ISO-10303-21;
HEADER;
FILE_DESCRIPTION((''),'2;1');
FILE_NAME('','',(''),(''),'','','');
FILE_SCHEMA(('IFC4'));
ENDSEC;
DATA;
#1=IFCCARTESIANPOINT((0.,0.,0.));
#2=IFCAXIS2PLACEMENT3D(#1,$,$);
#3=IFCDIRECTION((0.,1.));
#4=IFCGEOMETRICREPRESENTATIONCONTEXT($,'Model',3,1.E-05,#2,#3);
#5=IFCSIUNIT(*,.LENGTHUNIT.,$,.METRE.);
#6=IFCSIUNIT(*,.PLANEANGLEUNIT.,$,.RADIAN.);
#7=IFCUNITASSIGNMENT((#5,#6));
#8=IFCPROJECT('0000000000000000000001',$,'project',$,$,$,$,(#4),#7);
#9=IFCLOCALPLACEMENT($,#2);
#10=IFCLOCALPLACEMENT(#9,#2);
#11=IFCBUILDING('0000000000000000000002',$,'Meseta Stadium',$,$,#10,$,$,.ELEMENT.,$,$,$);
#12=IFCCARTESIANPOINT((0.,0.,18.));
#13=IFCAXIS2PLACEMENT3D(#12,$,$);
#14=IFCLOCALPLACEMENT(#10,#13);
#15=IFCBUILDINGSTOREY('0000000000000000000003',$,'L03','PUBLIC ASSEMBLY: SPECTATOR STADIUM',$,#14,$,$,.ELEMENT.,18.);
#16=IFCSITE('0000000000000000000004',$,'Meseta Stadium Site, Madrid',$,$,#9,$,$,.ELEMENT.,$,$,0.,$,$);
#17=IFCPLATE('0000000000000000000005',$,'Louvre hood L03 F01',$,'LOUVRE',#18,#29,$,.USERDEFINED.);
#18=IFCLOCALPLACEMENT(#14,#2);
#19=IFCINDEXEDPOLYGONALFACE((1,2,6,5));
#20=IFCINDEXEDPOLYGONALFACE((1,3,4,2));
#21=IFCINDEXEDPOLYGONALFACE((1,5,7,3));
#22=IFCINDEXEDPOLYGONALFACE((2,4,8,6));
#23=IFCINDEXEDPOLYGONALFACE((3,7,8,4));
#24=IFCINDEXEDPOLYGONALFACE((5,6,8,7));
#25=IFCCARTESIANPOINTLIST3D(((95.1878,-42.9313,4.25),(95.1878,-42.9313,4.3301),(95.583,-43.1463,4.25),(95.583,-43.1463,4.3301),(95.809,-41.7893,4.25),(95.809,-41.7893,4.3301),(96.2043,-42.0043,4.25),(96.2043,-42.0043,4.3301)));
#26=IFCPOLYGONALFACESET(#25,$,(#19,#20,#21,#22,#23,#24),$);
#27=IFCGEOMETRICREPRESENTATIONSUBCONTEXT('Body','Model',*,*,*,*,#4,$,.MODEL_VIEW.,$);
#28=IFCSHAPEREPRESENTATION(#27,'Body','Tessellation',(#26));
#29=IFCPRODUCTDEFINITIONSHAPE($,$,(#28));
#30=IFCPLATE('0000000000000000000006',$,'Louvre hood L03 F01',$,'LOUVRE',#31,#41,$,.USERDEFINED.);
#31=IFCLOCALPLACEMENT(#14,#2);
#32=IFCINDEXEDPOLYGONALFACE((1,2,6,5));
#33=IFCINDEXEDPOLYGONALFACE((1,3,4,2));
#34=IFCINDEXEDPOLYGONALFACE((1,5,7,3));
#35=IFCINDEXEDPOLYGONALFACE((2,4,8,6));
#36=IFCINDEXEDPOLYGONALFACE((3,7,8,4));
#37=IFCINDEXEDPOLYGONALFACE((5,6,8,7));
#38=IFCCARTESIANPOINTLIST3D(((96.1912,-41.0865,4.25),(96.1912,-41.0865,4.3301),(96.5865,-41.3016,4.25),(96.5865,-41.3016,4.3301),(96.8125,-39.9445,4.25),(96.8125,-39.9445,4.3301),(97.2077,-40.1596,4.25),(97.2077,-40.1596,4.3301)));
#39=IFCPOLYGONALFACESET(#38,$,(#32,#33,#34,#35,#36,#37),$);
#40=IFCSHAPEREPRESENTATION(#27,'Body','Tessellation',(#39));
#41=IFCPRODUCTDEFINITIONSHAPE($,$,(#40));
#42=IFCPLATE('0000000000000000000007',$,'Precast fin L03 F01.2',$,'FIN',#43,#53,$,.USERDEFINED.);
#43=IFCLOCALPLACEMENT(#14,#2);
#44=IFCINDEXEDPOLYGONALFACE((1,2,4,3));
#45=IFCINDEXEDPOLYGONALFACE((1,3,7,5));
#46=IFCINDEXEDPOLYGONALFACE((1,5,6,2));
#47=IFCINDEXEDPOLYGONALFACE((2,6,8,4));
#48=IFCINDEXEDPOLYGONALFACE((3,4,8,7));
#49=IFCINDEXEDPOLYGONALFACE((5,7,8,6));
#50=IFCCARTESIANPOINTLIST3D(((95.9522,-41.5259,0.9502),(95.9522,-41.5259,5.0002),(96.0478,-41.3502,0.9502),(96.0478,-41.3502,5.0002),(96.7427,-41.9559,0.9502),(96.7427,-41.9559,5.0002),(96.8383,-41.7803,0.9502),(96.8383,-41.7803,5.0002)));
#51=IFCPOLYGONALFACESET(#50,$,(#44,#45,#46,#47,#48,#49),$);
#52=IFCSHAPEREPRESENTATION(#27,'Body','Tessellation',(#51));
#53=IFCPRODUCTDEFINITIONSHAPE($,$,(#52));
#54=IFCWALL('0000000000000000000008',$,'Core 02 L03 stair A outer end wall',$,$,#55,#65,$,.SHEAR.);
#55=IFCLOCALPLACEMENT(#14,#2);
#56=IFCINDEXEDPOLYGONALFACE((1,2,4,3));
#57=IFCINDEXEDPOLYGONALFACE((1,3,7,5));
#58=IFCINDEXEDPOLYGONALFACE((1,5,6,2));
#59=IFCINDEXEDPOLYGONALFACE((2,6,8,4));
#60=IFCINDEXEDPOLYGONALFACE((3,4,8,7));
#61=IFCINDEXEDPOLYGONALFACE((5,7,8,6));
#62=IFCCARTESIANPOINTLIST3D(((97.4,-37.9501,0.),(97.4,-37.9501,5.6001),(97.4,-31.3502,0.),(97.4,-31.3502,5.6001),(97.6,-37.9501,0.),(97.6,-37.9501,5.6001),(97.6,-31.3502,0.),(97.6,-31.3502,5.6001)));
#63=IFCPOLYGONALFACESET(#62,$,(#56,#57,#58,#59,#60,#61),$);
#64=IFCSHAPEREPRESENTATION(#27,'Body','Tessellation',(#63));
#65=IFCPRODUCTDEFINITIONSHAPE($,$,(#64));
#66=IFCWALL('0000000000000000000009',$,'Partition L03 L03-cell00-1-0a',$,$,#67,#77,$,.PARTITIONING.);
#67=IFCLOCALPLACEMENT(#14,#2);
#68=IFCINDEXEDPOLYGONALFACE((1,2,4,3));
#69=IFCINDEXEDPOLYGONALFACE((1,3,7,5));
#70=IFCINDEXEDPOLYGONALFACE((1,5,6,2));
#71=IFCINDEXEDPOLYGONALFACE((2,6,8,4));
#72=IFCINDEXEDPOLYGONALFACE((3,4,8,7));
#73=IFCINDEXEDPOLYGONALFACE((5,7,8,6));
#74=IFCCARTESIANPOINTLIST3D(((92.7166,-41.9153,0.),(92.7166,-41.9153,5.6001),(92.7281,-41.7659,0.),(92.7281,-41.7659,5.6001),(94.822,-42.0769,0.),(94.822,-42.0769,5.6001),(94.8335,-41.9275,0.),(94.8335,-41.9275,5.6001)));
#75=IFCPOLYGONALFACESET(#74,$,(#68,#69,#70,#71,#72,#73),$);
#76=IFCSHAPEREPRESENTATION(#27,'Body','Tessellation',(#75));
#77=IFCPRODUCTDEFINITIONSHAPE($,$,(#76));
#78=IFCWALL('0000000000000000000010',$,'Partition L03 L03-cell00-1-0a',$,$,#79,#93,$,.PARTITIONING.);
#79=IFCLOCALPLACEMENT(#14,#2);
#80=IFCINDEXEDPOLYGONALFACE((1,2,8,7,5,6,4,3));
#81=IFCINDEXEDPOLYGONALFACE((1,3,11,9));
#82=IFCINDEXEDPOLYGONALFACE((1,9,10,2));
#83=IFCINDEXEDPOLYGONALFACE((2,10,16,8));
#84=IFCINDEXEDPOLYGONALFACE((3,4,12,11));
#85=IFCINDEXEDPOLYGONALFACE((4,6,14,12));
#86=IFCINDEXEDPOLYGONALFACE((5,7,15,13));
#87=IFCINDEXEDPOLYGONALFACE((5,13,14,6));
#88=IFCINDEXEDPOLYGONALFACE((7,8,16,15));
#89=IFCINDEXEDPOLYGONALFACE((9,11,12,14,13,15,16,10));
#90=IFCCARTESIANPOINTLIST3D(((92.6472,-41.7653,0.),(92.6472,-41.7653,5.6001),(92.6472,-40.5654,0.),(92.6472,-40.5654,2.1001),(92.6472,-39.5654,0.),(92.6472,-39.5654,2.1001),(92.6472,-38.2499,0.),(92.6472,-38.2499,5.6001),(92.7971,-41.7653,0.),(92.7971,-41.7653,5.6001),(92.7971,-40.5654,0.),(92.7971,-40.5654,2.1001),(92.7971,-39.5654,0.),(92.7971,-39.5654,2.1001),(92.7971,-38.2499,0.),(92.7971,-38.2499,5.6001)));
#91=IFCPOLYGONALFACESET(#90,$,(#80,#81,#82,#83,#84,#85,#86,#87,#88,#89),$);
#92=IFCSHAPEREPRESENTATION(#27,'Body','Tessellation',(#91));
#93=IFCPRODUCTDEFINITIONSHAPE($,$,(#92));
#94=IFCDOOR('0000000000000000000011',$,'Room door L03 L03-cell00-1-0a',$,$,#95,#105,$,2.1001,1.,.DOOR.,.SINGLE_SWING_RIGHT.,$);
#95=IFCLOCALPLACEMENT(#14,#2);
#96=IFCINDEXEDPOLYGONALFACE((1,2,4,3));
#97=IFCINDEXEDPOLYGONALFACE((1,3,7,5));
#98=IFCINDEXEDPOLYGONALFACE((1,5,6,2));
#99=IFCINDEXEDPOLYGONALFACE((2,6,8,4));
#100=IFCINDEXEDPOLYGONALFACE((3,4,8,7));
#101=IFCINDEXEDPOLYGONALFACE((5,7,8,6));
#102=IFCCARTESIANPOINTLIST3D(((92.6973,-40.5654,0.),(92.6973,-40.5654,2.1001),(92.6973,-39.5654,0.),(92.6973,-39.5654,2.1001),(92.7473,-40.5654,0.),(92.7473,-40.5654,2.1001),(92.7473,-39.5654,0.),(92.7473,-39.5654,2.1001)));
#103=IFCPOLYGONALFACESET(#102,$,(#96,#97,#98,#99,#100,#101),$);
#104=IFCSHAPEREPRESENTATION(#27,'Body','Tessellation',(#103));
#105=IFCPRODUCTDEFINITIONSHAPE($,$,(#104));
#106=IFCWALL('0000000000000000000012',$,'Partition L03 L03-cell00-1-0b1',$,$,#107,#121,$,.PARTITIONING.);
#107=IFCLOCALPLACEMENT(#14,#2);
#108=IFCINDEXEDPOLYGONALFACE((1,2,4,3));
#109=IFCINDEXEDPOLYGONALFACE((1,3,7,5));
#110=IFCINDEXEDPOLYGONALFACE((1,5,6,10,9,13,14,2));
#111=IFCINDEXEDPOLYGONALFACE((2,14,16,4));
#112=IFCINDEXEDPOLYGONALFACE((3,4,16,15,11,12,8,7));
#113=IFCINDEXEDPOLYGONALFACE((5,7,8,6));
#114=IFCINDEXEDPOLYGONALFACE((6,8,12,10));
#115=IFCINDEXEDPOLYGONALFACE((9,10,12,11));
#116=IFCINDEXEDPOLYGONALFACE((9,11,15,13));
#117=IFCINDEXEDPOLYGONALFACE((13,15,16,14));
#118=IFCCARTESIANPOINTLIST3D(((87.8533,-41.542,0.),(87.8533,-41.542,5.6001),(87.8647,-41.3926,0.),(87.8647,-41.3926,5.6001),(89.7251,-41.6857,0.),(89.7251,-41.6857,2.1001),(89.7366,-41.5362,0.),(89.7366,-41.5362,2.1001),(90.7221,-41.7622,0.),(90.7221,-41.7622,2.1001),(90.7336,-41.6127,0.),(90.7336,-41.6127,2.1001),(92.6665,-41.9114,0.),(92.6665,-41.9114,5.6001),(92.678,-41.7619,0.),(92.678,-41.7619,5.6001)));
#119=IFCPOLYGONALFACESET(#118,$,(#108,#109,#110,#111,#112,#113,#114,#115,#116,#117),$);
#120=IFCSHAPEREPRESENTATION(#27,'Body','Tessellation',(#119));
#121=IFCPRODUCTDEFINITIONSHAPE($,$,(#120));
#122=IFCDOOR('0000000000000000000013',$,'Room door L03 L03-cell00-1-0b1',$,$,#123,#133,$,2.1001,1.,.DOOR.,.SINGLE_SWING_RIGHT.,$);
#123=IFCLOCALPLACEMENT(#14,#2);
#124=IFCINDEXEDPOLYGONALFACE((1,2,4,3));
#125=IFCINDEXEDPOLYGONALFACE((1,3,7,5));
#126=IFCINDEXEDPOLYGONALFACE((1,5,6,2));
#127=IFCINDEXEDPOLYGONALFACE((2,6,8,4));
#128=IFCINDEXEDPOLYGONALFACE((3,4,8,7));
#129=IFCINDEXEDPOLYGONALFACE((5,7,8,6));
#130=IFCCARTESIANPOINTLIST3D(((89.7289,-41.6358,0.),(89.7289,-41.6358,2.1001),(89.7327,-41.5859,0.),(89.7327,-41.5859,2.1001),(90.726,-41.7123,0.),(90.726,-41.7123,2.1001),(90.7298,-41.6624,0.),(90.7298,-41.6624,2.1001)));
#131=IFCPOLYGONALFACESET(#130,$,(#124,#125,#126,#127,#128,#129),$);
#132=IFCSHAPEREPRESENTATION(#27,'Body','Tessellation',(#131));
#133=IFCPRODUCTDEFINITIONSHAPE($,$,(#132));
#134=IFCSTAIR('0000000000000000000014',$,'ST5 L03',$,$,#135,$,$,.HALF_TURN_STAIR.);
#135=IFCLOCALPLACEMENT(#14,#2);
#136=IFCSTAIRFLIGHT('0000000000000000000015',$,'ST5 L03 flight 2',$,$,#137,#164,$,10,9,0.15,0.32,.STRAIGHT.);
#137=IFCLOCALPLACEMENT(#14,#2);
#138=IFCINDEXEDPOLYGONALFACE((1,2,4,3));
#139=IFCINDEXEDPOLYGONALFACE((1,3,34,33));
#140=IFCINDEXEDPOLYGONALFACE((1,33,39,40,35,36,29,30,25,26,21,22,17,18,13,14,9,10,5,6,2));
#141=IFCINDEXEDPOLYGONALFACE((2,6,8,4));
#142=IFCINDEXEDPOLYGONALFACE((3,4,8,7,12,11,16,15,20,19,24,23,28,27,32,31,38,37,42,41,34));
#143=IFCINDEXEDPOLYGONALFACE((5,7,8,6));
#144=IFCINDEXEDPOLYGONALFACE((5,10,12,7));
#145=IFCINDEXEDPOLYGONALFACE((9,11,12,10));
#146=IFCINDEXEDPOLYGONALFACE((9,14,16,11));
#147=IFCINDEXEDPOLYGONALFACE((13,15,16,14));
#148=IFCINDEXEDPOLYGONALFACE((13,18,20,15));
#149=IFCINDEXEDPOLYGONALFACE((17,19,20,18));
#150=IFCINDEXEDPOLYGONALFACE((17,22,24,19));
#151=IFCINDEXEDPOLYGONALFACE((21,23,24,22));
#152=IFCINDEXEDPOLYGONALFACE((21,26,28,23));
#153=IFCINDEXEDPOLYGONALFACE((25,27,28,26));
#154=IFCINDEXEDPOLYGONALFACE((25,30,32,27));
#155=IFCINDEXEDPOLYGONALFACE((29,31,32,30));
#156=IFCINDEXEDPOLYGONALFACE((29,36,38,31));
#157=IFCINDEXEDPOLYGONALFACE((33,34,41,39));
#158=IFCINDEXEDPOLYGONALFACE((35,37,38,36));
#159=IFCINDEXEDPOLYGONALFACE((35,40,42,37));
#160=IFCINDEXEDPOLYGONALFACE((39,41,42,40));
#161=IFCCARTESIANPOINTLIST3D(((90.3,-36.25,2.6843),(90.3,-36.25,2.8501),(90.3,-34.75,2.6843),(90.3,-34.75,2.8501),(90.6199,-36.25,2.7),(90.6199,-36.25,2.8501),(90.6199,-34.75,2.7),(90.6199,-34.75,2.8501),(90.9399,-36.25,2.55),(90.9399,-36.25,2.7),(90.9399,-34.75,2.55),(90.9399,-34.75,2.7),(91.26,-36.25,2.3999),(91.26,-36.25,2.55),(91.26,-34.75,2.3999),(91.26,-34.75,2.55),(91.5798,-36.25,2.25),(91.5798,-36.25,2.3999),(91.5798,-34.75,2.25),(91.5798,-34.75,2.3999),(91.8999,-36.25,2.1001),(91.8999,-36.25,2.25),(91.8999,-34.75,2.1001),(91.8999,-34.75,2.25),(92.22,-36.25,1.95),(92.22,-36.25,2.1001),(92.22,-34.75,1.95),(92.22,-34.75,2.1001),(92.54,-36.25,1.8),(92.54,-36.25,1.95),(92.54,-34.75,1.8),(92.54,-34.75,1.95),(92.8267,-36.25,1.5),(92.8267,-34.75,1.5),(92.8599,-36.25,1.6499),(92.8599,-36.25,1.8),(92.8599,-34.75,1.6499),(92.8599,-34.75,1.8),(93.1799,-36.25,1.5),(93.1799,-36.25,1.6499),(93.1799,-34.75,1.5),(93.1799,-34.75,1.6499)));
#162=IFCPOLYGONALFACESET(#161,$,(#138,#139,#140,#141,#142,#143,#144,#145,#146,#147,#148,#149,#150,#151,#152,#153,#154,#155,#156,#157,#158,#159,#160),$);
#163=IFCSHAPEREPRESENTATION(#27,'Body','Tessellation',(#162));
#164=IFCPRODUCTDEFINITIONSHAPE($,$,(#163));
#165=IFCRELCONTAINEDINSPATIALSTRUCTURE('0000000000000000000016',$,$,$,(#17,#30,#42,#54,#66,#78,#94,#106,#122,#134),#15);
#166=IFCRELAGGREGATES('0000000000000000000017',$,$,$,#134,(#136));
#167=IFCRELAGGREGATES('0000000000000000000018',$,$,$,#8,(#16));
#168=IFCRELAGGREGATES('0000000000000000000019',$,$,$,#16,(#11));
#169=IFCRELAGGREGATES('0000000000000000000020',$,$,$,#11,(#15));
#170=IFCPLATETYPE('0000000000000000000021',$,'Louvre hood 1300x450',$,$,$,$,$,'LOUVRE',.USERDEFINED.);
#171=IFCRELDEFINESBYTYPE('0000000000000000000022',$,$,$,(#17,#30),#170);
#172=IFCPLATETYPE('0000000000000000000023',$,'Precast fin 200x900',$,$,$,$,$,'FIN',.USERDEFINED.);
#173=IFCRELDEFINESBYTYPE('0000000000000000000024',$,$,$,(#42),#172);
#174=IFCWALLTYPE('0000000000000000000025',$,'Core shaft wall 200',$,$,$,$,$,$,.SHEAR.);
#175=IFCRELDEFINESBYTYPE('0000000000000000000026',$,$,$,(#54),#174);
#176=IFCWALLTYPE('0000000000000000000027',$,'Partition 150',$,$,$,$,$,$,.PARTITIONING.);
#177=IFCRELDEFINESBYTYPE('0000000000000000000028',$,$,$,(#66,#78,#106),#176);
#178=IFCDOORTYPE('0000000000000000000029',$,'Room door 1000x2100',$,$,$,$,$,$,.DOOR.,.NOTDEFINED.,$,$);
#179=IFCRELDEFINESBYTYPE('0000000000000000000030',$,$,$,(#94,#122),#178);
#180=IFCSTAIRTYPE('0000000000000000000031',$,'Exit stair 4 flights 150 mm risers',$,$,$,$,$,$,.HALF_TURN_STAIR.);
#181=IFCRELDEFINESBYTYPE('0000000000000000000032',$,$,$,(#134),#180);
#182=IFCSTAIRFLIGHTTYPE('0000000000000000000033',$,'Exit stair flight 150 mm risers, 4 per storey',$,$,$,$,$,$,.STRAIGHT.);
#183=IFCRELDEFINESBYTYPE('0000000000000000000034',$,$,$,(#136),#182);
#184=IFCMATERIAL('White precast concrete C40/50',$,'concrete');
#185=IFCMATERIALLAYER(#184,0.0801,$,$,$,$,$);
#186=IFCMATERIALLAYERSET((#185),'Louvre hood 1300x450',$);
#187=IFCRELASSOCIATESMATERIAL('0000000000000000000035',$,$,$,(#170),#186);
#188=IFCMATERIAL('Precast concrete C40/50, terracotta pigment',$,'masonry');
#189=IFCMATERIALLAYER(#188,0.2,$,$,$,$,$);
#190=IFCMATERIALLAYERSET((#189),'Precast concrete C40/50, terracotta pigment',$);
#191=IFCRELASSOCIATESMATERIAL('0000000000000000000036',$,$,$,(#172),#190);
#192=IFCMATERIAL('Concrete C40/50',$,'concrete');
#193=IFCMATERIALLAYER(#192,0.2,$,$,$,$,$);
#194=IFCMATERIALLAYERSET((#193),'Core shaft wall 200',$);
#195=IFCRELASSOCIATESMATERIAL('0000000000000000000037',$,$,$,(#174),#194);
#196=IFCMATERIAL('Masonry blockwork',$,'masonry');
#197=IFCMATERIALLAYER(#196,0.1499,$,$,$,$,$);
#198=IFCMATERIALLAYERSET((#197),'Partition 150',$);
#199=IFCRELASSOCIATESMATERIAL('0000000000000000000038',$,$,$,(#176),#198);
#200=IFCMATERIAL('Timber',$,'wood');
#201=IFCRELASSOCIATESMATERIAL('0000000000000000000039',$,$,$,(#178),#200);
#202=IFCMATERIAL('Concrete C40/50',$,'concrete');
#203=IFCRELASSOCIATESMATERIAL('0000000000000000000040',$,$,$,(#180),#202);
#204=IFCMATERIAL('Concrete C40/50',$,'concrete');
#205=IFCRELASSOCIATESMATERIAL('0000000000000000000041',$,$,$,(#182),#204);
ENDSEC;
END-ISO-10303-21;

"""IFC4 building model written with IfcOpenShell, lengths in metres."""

from ifc_helpers import new_model, si_unit, direction, frame, frame_2d, origin, origin_2d, place, context, subcontext, project, spatial, polyline, rectangle, outline, extrude, material, layer, layer_set, type_object, element, fill, aggregate, save


model = new_model("IFC4")

# Units and contexts
model_context = context("Model", 3, precision=1e-05, world=origin(), true_north=direction((0.0, 1.0)))
body_context = subcontext(model_context, "Body", "Model", "MODEL_VIEW")
ifc_project = project(units=[si_unit("LENGTHUNIT", "METRE"), si_unit("PLANEANGLEUNIT", "RADIAN")], contexts=[model_context])

# Site, building, storey
site_placement = place(None, origin())
site = spatial("IfcSite", under=ifc_project, at=site_placement, Name="Meseta Stadium Site, Madrid", CompositionType="ELEMENT", RefElevation=0.0)
building_placement = place(site_placement, origin())
building = spatial("IfcBuilding", under=site, at=building_placement, Name="Meseta Stadium", CompositionType="ELEMENT")
storey_placement = place(building_placement, frame((0.0, 0.0, 18.0)))
storey = spatial("IfcBuildingStorey", under=building, at=storey_placement, Name="L03", Description="PUBLIC ASSEMBLY: SPECTATOR STADIUM", CompositionType="ELEMENT", Elevation=18.0)

# Plates
ifc_material_1 = material(Name="White precast concrete C40/50", Category="concrete")
ifc_layer_1 = layer(ifc_material_1, 0.0801)
ifc_layer_set_1 = layer_set([ifc_layer_1], Name="Louvre hood 1300x450")
plate_type_1 = type_object("IfcPlateType", Name="Louvre hood 1300x450", ElementType="LOUVRE", PredefinedType="USERDEFINED", material=ifc_layer_set_1)
for number, where, z_axis, x_axis, name in (
    (1, (95.696, -42.4678, 4.25), (0.0, 0.0, 1.0), (0.477867, 0.878432, 0.0), "Louvre hood L03 F01"),
    (2, (96.6995, -40.623, 4.25), (0.0, 0.0, 1.0), (0.477867, 0.878432, 0.0), "Louvre hood L03 F01"),
):
    element("IfcPlate", number, at=place(storey_placement, frame(where, z_axis=z_axis, x_axis=x_axis)), inside=storey, type_object=plate_type_1, Name=name, ObjectType="LOUVRE", PredefinedType="USERDEFINED", context=body_context, shape_type="SweptSolid", body=[
        extrude(rectangle(XDim=1.3, YDim=0.45, at=origin_2d()), origin(), (0.0, 0.0, 1.0), 0.0801),
    ])
ifc_material_2 = material(Name="Precast concrete C40/50, terracotta pigment", Category="masonry")
ifc_layer_2 = layer(ifc_material_2, 0.2)
ifc_layer_set_2 = layer_set([ifc_layer_2], Name="Precast concrete C40/50, terracotta pigment")
plate_type_2 = type_object("IfcPlateType", Name="Precast fin 200x900", ElementType="FIN", PredefinedType="USERDEFINED", material=ifc_layer_set_2)
plate_placement = place(storey_placement, frame((96.3953, -41.6531, 0.9502), z_axis=(0.0, 0.0, 1.0), x_axis=(-0.477867, -0.878432, 0.0)))
element("IfcPlate", 3, at=plate_placement, inside=storey, type_object=plate_type_2, Name="Precast fin L03 F01.2", ObjectType="FIN", PredefinedType="USERDEFINED", context=body_context, shape_type="SweptSolid", body=[
    extrude(rectangle(XDim=0.2, YDim=0.8999, at=origin_2d()), origin(), (0.0, 0.0, 1.0), 4.05),
])

# Walls
ifc_material_3 = material(Name="Concrete C40/50", Category="concrete")
ifc_layer_3 = layer(ifc_material_3, 0.2)
ifc_layer_set_3 = layer_set([ifc_layer_3], Name="Core shaft wall 200")
wall_type_1 = type_object("IfcWallType", Name="Core shaft wall 200", PredefinedType="SHEAR", material=ifc_layer_set_3)
wall_1_placement = place(storey_placement, frame((97.5, -37.95, 0.0), z_axis=(0.0, 0.0, 1.0), x_axis=(0.0, 1.0, 0.0)))
element("IfcWall", 4, at=wall_1_placement, inside=storey, type_object=wall_type_1, Name="Core 02 L03 stair A outer end wall", PredefinedType="SHEAR", context=body_context, shape_type="SweptSolid", body=[
    extrude(rectangle(XDim=6.5999, YDim=0.2, at=frame_2d((3.2998, 0.0))), origin(), (0.0, 0.0, 1.0), 5.6001),
])
ifc_material_4 = material(Name="Masonry blockwork", Category="masonry")
ifc_layer_4 = layer(ifc_material_4, 0.1499)
ifc_layer_set_4 = layer_set([ifc_layer_4], Name="Partition 150")
wall_type_2 = type_object("IfcWallType", Name="Partition 150", PredefinedType="PARTITIONING", material=ifc_layer_set_4)
wall_2_placement = place(storey_placement, frame((94.8276, -42.0022, 0.0), z_axis=(0.0, 0.0, 1.0), x_axis=(-0.997067, 0.076537, 0.0)))
element("IfcWall", 5, at=wall_2_placement, inside=storey, type_object=wall_type_2, Name="Partition L03 L03-cell00-1-0a", PredefinedType="PARTITIONING", context=body_context, shape_type="SweptSolid", body=[
    extrude(rectangle(XDim=2.1116, YDim=0.1499, at=frame_2d((1.0557, 0.0))), origin(), (0.0, 0.0, 1.0), 5.6001),
])

# Walls, openings, doors
wall_3_placement = place(storey_placement, frame((92.7222, -41.7654, 0.0), z_axis=(0.0, 0.0, 1.0), x_axis=(0.0, 1.0, 0.0)))
wall_3 = element("IfcWall", 6, at=wall_3_placement, inside=storey, type_object=wall_type_2, Name="Partition L03 L03-cell00-1-0a", PredefinedType="PARTITIONING", context=body_context, shape_type="SweptSolid", body=[
    extrude(rectangle(XDim=3.5154, YDim=0.1499, at=frame_2d((1.7578, 0.0))), origin(), (0.0, 0.0, 1.0), 5.6001),
])
opening_1_placement = place(wall_3_placement, frame((1.2, 0.0, 0.0)))
opening_1 = element("IfcOpeningElement", 7, at=opening_1_placement, cuts=wall_3, PredefinedType="OPENING", context=body_context, shape_type="SweptSolid", body=[
    extrude(rectangle(XDim=1.0, YDim=2.1001, at=frame_2d((0.5, 1.05))), frame((0.0, 0.085, 0.0), z_axis=(0.0, -1.0, 0.0), x_axis=(1.0, 0.0, 0.0)), (0.0, 0.0, 1.0), 0.1699),
])
ifc_material_5 = material(Name="Timber", Category="wood")
door_type = type_object("IfcDoorType", Name="Room door 1000x2100", OperationType="NOTDEFINED", PredefinedType="DOOR", material=ifc_material_5)
door_1_placement = place(opening_1_placement, origin())
door_1 = element("IfcDoor", 8, at=door_1_placement, inside=storey, type_object=door_type, Name="Room door L03 L03-cell00-1-0a", OperationType="SINGLE_SWING_RIGHT", OverallHeight=2.1001, OverallWidth=1.0, PredefinedType="DOOR", context=body_context, shape_type="SweptSolid", body=[
    extrude(rectangle(XDim=1.0, YDim=2.1001, at=frame_2d((0.5, 1.05))), frame((0.0, 0.0249, 0.0), z_axis=(0.0, -1.0, 0.0), x_axis=(1.0, 0.0, 0.0)), (0.0, 0.0, 1.0), 0.05),
])
fill(opening_1, door_1)
wall_4_placement = place(storey_placement, frame((92.6721, -41.8367, 0.0), z_axis=(0.0, 0.0, 1.0), x_axis=(-0.997068, 0.076519, 0.0)))
wall_4 = element("IfcWall", 9, at=wall_4_placement, inside=storey, type_object=wall_type_2, Name="Partition L03 L03-cell00-1-0b1", PredefinedType="PARTITIONING", context=body_context, shape_type="SweptSolid", body=[
    extrude(rectangle(XDim=4.8274, YDim=0.1499, at=frame_2d((2.4136, 0.0))), origin(), (0.0, 0.0, 1.0), 5.6001),
])
opening_2_placement = place(wall_4_placement, frame((1.95, 0.0, 0.0)))
opening_2 = element("IfcOpeningElement", 10, at=opening_2_placement, cuts=wall_4, PredefinedType="OPENING", context=body_context, shape_type="SweptSolid", body=[
    extrude(rectangle(XDim=1.0, YDim=2.1001, at=frame_2d((0.5, 1.05))), frame((0.0, 0.085, 0.0), z_axis=(0.0, -1.0, 0.0), x_axis=(1.0, 0.0, 0.0)), (0.0, 0.0, 1.0), 0.1699),
])
door_2_placement = place(opening_2_placement, origin())
door_2 = element("IfcDoor", 11, at=door_2_placement, inside=storey, type_object=door_type, Name="Room door L03 L03-cell00-1-0b1", OperationType="SINGLE_SWING_RIGHT", OverallHeight=2.1001, OverallWidth=1.0, PredefinedType="DOOR", context=body_context, shape_type="SweptSolid", body=[
    extrude(rectangle(XDim=1.0, YDim=2.1001, at=frame_2d((0.5, 1.05))), frame((0.0, 0.0249, 0.0), z_axis=(0.0, -1.0, 0.0), x_axis=(1.0, 0.0, 0.0)), (0.0, 0.0, 1.0), 0.05),
])
fill(opening_2, door_2)

# Stair, stair flight
ifc_material_6 = material(Name="Concrete C40/50", Category="concrete")
stair_type = type_object("IfcStairType", Name="Exit stair 4 flights 150 mm risers", PredefinedType="HALF_TURN_STAIR", material=ifc_material_6)
stair_1_placement = place(storey_placement, origin())
stair_1 = element("IfcStair", 12, at=stair_1_placement, inside=storey, type_object=stair_type, Name="ST5 L03", PredefinedType="HALF_TURN_STAIR")
ifc_material_7 = material(Name="Concrete C40/50", Category="concrete")
stair_flight_type = type_object("IfcStairFlightType", Name="Exit stair flight 150 mm risers, 4 per storey", PredefinedType="STRAIGHT", material=ifc_material_7)
stair_flight_1_placement = place(storey_placement, frame((93.1799, -35.5, 1.5), z_axis=(0.0, 0.0, 1.0), x_axis=(-1.0, 0.0, 0.0)))
stair_flight_1 = element("IfcStairFlight", 13, at=stair_flight_1_placement, type_object=stair_flight_type, Name="ST5 L03 flight 2", NumberOfRisers=10, NumberOfTreads=9, PredefinedType="STRAIGHT", RiserHeight=0.15, TreadLength=0.32, context=body_context, shape_type="SweptSolid", body=[
    extrude(outline(polyline([(0.0, 0.0), (0.0, 0.1499), (0.3201, 0.1499), (0.3201, 0.3), (0.6399, 0.3), (0.6399, 0.45), (0.96, 0.45), (0.96, 0.6001), (1.28, 0.6001), (1.28, 0.75), (1.6001, 0.75), (1.6001, 0.8999), (1.9199, 0.8999), (1.9199, 1.05), (2.24, 1.05), (2.24, 1.2), (2.5601, 1.2), (2.5601, 1.3501), (2.8799, 1.3501), (2.8799, 1.1843), (0.3533, 0.0), (0.0, 0.0)])), frame((0.0, 0.75, 0.0), z_axis=(0.0, -1.0, 0.0), x_axis=(1.0, 0.0, 0.0)), (0.0, 0.0, 1.0), 1.5),
])
aggregate(stair_1, [stair_flight_1])

save(model, "model.ifc")
